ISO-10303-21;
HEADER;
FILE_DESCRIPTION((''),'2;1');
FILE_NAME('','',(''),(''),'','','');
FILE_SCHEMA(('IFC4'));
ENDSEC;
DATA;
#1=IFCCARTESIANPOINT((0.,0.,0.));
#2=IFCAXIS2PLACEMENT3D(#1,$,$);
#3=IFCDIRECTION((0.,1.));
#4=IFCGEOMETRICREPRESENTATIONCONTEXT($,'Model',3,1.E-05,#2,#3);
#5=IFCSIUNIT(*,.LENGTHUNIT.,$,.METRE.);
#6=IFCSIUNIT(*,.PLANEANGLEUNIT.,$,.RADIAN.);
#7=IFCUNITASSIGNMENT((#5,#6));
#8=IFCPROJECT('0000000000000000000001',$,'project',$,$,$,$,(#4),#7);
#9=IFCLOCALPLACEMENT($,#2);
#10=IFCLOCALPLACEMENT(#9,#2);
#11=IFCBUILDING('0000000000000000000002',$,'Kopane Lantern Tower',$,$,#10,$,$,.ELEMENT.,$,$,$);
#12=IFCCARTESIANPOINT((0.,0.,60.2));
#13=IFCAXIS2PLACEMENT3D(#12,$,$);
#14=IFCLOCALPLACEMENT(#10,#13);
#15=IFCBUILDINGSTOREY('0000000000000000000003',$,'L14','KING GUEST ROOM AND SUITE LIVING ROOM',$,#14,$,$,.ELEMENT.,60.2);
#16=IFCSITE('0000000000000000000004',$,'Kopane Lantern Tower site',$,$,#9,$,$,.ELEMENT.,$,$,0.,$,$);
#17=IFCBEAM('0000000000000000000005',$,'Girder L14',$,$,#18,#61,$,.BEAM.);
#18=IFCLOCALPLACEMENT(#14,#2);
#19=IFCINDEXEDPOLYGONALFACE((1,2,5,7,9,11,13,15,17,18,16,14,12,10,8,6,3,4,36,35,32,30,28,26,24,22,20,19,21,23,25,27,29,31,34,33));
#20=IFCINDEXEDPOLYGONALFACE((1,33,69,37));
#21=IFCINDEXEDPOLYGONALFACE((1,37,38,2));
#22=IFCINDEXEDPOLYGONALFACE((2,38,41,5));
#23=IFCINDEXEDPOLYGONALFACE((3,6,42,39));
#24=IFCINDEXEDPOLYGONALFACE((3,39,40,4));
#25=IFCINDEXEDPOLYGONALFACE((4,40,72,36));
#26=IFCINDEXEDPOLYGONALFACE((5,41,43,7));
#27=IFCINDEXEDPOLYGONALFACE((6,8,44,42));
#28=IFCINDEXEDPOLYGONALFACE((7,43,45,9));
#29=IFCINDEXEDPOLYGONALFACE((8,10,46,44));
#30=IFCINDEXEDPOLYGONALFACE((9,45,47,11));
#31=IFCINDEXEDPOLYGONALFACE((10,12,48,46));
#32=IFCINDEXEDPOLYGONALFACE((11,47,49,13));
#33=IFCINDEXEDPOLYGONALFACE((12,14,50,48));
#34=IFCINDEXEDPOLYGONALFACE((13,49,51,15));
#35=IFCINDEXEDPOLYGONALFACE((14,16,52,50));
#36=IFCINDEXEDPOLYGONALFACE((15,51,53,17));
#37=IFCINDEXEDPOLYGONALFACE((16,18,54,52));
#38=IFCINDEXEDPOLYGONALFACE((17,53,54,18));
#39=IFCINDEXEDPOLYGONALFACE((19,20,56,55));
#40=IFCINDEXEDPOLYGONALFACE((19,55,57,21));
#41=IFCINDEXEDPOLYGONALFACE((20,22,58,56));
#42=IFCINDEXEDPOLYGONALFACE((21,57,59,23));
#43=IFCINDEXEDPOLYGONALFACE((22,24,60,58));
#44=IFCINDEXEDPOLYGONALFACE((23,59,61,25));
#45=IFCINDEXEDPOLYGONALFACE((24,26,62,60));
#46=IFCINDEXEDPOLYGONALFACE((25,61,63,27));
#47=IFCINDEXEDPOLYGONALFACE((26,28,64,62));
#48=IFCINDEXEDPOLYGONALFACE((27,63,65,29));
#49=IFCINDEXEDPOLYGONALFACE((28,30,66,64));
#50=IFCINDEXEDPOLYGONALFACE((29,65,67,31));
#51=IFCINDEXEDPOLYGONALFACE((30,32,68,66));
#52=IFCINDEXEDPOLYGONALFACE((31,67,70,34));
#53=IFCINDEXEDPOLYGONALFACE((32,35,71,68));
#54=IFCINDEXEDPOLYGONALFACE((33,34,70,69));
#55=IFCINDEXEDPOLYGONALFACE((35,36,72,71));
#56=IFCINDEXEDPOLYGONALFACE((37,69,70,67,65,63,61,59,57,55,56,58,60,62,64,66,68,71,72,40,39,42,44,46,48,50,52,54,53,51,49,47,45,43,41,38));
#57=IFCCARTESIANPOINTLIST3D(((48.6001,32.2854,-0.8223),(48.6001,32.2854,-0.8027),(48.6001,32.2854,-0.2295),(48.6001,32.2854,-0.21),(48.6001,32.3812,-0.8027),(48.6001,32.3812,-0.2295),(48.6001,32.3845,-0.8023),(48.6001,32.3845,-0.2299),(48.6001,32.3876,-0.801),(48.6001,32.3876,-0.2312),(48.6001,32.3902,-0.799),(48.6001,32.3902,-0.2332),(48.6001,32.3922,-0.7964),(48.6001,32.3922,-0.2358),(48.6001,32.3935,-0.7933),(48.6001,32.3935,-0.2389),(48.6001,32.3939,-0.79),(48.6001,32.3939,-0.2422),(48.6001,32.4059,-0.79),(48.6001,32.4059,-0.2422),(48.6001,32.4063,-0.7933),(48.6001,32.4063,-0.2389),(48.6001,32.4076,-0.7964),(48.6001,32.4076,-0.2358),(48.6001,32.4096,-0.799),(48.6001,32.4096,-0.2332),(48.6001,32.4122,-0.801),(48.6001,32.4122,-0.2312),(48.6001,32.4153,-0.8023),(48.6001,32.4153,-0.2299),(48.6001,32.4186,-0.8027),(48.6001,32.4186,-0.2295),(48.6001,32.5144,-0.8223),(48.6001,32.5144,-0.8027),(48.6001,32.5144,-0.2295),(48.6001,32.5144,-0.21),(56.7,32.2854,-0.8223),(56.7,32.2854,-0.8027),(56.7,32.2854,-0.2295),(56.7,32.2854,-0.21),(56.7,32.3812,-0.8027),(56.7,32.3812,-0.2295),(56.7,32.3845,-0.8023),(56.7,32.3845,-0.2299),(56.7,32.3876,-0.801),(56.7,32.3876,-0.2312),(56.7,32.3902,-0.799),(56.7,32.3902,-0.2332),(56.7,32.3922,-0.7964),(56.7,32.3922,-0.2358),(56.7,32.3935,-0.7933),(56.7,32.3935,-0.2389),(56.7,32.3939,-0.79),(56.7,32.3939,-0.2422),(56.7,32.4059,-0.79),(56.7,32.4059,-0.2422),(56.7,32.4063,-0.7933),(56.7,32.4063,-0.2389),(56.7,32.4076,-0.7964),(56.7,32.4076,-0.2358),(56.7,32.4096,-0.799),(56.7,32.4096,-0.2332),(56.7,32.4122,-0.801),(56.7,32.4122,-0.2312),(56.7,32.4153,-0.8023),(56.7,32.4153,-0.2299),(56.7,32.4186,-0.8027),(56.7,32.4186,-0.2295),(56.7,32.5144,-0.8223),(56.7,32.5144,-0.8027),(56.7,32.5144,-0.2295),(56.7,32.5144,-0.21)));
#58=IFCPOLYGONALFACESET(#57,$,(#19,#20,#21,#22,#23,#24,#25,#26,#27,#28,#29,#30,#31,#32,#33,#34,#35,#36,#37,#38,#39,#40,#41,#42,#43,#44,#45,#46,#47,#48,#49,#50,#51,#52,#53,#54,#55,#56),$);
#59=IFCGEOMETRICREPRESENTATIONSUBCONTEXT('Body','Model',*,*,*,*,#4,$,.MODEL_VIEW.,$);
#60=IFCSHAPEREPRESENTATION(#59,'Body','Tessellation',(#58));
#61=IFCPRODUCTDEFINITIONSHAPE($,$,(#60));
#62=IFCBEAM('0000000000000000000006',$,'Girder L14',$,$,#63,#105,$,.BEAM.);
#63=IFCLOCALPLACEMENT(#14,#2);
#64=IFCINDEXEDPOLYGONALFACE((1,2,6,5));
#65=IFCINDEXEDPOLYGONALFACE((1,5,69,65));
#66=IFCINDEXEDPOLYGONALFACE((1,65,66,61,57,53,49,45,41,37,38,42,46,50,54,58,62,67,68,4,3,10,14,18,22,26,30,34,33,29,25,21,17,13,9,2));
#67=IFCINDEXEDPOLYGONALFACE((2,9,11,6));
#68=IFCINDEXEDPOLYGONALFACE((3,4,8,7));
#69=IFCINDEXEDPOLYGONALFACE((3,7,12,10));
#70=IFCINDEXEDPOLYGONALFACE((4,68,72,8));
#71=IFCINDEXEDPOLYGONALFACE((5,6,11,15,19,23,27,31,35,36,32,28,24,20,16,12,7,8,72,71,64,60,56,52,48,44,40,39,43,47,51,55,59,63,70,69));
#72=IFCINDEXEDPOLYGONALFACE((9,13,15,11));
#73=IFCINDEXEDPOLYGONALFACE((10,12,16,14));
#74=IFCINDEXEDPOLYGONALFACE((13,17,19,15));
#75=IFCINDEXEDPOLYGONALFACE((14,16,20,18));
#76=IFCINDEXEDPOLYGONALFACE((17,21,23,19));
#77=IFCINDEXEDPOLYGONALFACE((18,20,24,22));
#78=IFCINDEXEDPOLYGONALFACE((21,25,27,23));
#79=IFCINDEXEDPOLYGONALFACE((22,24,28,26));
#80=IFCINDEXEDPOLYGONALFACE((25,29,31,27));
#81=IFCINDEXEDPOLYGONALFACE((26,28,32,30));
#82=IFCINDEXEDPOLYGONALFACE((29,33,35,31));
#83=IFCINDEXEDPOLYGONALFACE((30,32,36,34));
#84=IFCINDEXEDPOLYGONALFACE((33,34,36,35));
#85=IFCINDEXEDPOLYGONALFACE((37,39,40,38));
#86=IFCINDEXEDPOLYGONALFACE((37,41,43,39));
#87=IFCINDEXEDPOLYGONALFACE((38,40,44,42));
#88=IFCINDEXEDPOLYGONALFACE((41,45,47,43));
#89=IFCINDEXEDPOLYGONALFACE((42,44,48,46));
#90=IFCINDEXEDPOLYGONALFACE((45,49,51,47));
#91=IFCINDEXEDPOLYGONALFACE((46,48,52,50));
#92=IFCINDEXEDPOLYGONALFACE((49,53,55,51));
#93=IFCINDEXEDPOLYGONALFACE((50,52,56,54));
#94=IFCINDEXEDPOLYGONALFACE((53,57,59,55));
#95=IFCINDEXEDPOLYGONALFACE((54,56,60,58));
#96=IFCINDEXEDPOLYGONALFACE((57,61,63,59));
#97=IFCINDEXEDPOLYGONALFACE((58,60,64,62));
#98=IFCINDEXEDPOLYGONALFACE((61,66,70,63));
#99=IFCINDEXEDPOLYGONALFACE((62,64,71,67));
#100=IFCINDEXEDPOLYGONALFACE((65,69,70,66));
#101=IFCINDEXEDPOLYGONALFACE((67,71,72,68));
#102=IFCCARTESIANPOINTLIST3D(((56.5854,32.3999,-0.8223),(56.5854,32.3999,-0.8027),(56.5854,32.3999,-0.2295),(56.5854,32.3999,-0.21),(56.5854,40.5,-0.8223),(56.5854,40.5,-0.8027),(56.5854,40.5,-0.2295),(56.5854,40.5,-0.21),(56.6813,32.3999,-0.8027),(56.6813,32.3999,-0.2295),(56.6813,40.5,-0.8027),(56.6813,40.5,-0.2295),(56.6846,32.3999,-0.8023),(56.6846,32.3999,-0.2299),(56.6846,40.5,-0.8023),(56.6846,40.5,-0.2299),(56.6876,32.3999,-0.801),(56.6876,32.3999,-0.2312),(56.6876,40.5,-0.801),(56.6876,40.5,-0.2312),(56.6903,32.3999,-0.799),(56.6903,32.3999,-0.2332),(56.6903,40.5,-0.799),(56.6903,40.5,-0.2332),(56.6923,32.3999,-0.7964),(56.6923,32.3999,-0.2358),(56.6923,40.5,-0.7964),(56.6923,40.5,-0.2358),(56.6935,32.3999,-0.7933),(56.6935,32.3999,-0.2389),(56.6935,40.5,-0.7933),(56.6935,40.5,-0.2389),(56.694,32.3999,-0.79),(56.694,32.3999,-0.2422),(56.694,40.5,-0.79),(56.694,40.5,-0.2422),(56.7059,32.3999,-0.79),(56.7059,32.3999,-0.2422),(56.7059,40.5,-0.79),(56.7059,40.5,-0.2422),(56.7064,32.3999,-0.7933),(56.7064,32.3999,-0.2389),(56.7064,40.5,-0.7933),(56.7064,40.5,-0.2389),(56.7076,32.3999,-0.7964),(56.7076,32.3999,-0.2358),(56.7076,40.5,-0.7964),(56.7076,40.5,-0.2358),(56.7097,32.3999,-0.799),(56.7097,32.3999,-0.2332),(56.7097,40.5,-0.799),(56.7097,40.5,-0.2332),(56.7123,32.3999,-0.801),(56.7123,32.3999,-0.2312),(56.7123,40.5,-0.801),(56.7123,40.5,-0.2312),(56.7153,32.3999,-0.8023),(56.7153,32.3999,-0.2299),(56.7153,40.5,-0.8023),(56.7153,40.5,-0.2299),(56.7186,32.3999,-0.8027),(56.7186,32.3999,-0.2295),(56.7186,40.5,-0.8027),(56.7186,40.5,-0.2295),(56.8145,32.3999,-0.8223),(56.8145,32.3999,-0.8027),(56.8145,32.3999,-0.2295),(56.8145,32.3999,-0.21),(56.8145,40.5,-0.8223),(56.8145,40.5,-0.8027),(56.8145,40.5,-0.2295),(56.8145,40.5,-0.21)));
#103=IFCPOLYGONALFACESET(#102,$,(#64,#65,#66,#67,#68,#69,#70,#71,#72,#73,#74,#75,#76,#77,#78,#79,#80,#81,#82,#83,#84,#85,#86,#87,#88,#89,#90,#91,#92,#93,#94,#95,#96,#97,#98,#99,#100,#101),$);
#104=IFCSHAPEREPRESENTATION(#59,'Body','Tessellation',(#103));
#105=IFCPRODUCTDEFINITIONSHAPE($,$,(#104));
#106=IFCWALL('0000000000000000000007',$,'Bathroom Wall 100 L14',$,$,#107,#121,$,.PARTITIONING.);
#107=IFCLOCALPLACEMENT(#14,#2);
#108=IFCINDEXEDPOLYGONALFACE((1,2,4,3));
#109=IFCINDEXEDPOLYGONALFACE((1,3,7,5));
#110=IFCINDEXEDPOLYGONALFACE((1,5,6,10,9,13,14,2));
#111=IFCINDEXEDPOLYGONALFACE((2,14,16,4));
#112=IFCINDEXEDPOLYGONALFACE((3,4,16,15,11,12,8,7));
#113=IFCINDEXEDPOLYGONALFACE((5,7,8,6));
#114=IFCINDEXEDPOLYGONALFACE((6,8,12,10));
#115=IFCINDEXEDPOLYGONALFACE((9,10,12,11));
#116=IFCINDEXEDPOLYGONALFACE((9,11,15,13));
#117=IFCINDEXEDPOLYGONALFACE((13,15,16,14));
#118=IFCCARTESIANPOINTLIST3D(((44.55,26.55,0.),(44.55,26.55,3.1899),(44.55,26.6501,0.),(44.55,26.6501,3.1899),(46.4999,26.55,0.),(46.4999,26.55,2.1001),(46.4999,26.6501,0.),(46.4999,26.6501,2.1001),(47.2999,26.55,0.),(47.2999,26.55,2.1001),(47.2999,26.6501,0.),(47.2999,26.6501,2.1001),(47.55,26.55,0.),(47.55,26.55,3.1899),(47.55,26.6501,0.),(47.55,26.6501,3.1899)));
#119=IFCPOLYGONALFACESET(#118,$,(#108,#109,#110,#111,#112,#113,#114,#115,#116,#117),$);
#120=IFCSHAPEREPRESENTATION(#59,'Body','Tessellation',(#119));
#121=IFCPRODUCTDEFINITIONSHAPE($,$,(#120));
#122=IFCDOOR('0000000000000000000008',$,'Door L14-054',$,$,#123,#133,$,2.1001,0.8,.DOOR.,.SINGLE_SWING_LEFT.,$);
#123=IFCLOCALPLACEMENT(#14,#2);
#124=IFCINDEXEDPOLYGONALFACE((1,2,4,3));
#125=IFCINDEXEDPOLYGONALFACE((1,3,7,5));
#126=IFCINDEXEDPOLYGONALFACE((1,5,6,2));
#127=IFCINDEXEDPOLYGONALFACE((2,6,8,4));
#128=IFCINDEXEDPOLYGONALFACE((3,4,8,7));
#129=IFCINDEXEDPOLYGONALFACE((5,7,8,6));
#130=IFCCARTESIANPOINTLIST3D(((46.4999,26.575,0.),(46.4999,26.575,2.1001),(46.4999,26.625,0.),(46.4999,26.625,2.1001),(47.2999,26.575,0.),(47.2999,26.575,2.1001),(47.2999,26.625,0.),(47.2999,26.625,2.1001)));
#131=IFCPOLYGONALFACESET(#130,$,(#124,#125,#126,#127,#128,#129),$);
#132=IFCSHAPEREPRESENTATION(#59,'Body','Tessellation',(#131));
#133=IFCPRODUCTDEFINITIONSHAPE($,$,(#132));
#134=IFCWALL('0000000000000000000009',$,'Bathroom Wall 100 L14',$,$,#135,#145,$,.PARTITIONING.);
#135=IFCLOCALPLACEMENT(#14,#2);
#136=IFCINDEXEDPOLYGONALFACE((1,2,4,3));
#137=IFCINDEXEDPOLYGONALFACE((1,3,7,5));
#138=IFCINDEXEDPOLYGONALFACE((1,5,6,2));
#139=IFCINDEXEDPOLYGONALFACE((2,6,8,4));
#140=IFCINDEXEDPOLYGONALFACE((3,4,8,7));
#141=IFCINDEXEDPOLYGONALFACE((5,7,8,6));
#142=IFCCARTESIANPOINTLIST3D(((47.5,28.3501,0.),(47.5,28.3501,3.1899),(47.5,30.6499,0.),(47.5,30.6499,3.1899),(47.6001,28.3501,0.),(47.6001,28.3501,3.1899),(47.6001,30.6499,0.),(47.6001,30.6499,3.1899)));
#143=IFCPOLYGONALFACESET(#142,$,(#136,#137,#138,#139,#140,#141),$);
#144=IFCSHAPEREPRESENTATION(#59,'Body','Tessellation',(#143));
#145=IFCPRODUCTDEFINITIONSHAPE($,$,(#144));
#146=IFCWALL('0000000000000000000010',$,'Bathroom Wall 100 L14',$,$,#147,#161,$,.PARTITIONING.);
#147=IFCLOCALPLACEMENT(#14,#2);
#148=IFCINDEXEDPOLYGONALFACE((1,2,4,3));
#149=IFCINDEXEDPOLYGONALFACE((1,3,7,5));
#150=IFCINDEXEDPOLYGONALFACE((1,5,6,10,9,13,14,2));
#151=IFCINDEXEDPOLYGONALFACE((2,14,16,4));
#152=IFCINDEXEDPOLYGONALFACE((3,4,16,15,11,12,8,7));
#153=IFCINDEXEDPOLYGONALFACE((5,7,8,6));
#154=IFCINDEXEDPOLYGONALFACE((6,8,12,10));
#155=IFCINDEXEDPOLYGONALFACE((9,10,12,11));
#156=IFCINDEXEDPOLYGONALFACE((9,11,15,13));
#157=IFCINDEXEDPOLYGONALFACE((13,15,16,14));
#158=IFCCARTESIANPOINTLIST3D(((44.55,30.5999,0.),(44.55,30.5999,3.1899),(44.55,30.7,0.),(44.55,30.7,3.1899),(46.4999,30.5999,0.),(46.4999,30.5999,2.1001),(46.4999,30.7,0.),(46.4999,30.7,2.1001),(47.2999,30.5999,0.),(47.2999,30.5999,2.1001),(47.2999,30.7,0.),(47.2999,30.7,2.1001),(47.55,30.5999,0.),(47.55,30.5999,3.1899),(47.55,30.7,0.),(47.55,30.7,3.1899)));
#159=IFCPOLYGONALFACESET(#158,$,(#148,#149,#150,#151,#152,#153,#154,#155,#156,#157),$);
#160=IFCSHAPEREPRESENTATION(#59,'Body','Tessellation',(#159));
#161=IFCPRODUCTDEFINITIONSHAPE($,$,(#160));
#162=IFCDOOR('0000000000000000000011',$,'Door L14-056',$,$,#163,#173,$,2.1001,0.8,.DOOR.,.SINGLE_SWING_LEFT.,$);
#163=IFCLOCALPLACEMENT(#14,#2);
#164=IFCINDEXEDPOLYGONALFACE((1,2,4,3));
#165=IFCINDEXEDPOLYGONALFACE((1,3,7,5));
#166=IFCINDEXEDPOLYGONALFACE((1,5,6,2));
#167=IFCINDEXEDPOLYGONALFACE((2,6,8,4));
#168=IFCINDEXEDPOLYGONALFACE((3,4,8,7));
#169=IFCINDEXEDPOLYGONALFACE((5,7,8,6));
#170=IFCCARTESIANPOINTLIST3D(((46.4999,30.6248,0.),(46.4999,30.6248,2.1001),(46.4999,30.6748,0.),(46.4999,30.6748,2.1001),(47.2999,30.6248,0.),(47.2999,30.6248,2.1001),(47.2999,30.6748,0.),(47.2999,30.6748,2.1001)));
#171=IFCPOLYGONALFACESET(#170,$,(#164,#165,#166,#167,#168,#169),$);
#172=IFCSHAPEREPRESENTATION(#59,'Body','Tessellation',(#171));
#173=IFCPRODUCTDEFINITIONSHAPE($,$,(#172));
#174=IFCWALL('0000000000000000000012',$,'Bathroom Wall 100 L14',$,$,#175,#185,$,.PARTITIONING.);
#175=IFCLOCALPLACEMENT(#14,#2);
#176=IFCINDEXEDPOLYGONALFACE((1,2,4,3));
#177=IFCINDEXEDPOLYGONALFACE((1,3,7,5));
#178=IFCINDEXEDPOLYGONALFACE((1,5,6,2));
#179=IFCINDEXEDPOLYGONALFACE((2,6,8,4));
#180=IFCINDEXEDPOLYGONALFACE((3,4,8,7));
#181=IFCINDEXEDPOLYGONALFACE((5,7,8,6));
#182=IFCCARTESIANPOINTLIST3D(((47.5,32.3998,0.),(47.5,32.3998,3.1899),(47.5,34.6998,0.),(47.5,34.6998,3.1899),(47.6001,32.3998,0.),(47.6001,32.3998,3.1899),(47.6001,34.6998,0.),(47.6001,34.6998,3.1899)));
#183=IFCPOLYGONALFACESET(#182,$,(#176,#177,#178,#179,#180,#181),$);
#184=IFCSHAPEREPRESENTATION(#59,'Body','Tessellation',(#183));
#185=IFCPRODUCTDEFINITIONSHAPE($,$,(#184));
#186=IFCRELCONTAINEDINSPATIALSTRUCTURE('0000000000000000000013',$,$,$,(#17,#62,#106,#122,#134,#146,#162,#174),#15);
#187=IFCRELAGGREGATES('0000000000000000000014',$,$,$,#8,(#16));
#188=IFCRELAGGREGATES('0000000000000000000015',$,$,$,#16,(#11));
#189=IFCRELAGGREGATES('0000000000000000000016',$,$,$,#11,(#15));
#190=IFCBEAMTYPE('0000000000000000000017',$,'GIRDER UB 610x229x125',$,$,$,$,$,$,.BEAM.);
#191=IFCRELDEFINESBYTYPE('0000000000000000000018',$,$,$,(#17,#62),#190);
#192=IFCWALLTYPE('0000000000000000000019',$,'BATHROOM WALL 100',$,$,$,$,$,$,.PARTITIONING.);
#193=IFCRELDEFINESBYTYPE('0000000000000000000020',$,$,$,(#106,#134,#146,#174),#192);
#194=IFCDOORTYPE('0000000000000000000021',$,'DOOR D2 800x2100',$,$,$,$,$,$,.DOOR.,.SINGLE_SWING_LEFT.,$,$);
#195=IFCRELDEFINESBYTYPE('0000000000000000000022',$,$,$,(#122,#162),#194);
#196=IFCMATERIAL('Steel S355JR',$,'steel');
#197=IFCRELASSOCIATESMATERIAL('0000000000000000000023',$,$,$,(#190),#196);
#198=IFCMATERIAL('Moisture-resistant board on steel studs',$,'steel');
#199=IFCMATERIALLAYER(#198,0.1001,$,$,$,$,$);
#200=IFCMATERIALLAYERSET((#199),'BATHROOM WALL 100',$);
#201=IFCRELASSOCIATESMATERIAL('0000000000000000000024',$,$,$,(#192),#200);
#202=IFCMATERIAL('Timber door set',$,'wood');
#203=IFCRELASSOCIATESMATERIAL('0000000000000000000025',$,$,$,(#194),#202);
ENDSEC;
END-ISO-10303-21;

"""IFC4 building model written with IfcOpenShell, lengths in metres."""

from ifc_helpers import new_model, si_unit, direction, frame, frame_2d, origin, origin_2d, place, context, subcontext, project, spatial, rectangle, i_section, extrude, material, layer, layer_set, material_profile, profile_set, type_object, element, fill, save


model = new_model("IFC4")

# Units and contexts
model_context = context("Model", 3, precision=1e-05, world=origin(), true_north=direction((0.0, 1.0)))
body_context = subcontext(model_context, "Body", "Model", "MODEL_VIEW")
ifc_project = project(units=[si_unit("LENGTHUNIT", "METRE"), si_unit("PLANEANGLEUNIT", "RADIAN")], contexts=[model_context])

# Site, building, storey
site_placement = place(None, origin())
site = spatial("IfcSite", under=ifc_project, at=site_placement, Name="Kopane Lantern Tower site", CompositionType="ELEMENT", RefElevation=0.0)
building_placement = place(site_placement, origin())
building = spatial("IfcBuilding", under=site, at=building_placement, Name="Kopane Lantern Tower", CompositionType="ELEMENT")
storey_placement = place(building_placement, frame((0.0, 0.0, 60.2)))
storey = spatial("IfcBuildingStorey", under=building, at=storey_placement, Name="L14", Description="KING GUEST ROOM AND SUITE LIVING ROOM", CompositionType="ELEMENT", Elevation=60.2)

# Beams
ifc_material_1 = material(Name="Steel S355JR", Category="steel")
ifc_material_profile_1 = material_profile(ifc_material_1, i_section(OverallWidth=0.229, OverallDepth=0.6123, WebThickness=0.012, FlangeThickness=0.0195, FilletRadius=0.0127, at=origin_2d()), Name="UB 610x229x125")
ifc_profile_set_1 = profile_set([ifc_material_profile_1], Name="Steel S355JR")
beam_type = type_object("IfcBeamType", Name="GIRDER UB 610x229x125", PredefinedType="BEAM", material=ifc_profile_set_1)
beam_1_placement = place(storey_placement, frame((48.6001, 32.3999, -0.5161), z_axis=(1.0, 0.0, 0.0), x_axis=(0.0, 1.0, 0.0)))
element("IfcBeam", 1, at=beam_1_placement, inside=storey, type_object=beam_type, Name="Girder L14", PredefinedType="BEAM", context=body_context, shape_type="SweptSolid", body=[
    extrude(i_section(OverallWidth=0.229, OverallDepth=0.6123, WebThickness=0.012, FlangeThickness=0.0195, FilletRadius=0.0127, at=origin_2d()), origin(), (0.0, 0.0, 1.0), 8.0999),
])
beam_2_placement = place(storey_placement, frame((56.7, 32.3999, -0.5161), z_axis=(0.0, 1.0, 0.0), x_axis=(-1.0, 0.0, 0.0)))
element("IfcBeam", 2, at=beam_2_placement, inside=storey, type_object=beam_type, Name="Girder L14", PredefinedType="BEAM", context=body_context, shape_type="SweptSolid", body=[
    extrude(i_section(OverallWidth=0.229, OverallDepth=0.6123, WebThickness=0.012, FlangeThickness=0.0195, FilletRadius=0.0127, at=origin_2d()), origin(), (0.0, 0.0, 1.0), 8.1001),
])

# Wall, opening, door
ifc_material_2 = material(Name="Moisture-resistant board on steel studs", Category="steel")
ifc_layer_1 = layer(ifc_material_2, 0.1001)
ifc_layer_set_1 = layer_set([ifc_layer_1], Name="BATHROOM WALL 100")
wall_type_1 = type_object("IfcWallType", Name="BATHROOM WALL 100", PredefinedType="PARTITIONING", material=ifc_layer_set_1)
wall_1_placement = place(storey_placement, frame((44.55, 26.6001, 0.0), z_axis=(0.0, 0.0, 1.0), x_axis=(1.0, 0.0, 0.0)))
wall_1 = element("IfcWall", 3, at=wall_1_placement, inside=storey, type_object=wall_type_1, Name="Bathroom Wall 100 L14", PredefinedType="PARTITIONING", context=body_context, shape_type="SweptSolid", body=[
    extrude(rectangle(XDim=3.0, YDim=0.1001, at=frame_2d((1.5, 0.0))), origin(), (0.0, 0.0, 1.0), 3.1899),
])
opening_1_placement = place(wall_1_placement, frame((1.95, 0.0, 0.0)))
opening_1 = element("IfcOpeningElement", 4, at=opening_1_placement, cuts=wall_1, PredefinedType="OPENING", context=body_context, shape_type="SweptSolid", body=[
    extrude(rectangle(XDim=0.8, YDim=2.1001, at=frame_2d((0.3999, 1.05))), frame((0.0, 0.0601, 0.0), z_axis=(0.0, -1.0, 0.0), x_axis=(1.0, 0.0, 0.0)), (0.0, 0.0, 1.0), 0.1201),
])
ifc_material_3 = material(Name="Timber door set", Category="wood")
door_type = type_object("IfcDoorType", Name="DOOR D2 800x2100", OperationType="SINGLE_SWING_LEFT", PredefinedType="DOOR", material=ifc_material_3)
door_1_placement = place(opening_1_placement, origin())
door_1 = element("IfcDoor", 5, at=door_1_placement, inside=storey, type_object=door_type, Name="Door L14-054", OperationType="SINGLE_SWING_LEFT", OverallHeight=2.1001, OverallWidth=0.8, PredefinedType="DOOR", context=body_context, shape_type="SweptSolid", body=[
    extrude(rectangle(XDim=0.8, YDim=2.1001, at=frame_2d((0.3999, 1.05))), frame((0.0, 0.0249, 0.0), z_axis=(0.0, -1.0, 0.0), x_axis=(1.0, 0.0, 0.0)), (0.0, 0.0, 1.0), 0.05),
])
fill(opening_1, door_1)

# Wall
wall_2_placement = place(storey_placement, frame((47.55, 28.3501, 0.0), z_axis=(0.0, 0.0, 1.0), x_axis=(0.0, 1.0, 0.0)))
element("IfcWall", 6, at=wall_2_placement, inside=storey, type_object=wall_type_1, Name="Bathroom Wall 100 L14", PredefinedType="PARTITIONING", context=body_context, shape_type="SweptSolid", body=[
    extrude(rectangle(XDim=2.2998, YDim=0.1001, at=frame_2d((1.1499, 0.0))), origin(), (0.0, 0.0, 1.0), 3.1899),
])

# Wall, opening, door
wall_3_placement = place(storey_placement, frame((44.55, 30.6499, 0.0), z_axis=(0.0, 0.0, 1.0), x_axis=(1.0, 0.0, 0.0)))
wall_3 = element("IfcWall", 7, at=wall_3_placement, inside=storey, type_object=wall_type_1, Name="Bathroom Wall 100 L14", PredefinedType="PARTITIONING", context=body_context, shape_type="SweptSolid", body=[
    extrude(rectangle(XDim=3.0, YDim=0.1001, at=frame_2d((1.5, 0.0))), origin(), (0.0, 0.0, 1.0), 3.1899),
])
opening_2_placement = place(wall_3_placement, frame((1.95, 0.0, 0.0)))
opening_2 = element("IfcOpeningElement", 8, at=opening_2_placement, cuts=wall_3, PredefinedType="OPENING", context=body_context, shape_type="SweptSolid", body=[
    extrude(rectangle(XDim=0.8, YDim=2.1001, at=frame_2d((0.3999, 1.05))), frame((0.0, 0.0601, 0.0), z_axis=(0.0, -1.0, 0.0), x_axis=(1.0, 0.0, 0.0)), (0.0, 0.0, 1.0), 0.1201),
])
door_2_placement = place(opening_2_placement, origin())
door_2 = element("IfcDoor", 9, at=door_2_placement, inside=storey, type_object=door_type, Name="Door L14-056", OperationType="SINGLE_SWING_LEFT", OverallHeight=2.1001, OverallWidth=0.8, PredefinedType="DOOR", context=body_context, shape_type="SweptSolid", body=[
    extrude(rectangle(XDim=0.8, YDim=2.1001, at=frame_2d((0.3999, 1.05))), frame((0.0, 0.0249, 0.0), z_axis=(0.0, -1.0, 0.0), x_axis=(1.0, 0.0, 0.0)), (0.0, 0.0, 1.0), 0.05),
])
fill(opening_2, door_2)

# Wall
wall_4_placement = place(storey_placement, frame((47.55, 32.3999, 0.0), z_axis=(0.0, 0.0, 1.0), x_axis=(0.0, 1.0, 0.0)))
element("IfcWall", 10, at=wall_4_placement, inside=storey, type_object=wall_type_1, Name="Bathroom Wall 100 L14", PredefinedType="PARTITIONING", context=body_context, shape_type="SweptSolid", body=[
    extrude(rectangle(XDim=2.3, YDim=0.1001, at=frame_2d((1.1499, 0.0))), origin(), (0.0, 0.0, 1.0), 3.1899),
])

save(model, "model.ifc")
